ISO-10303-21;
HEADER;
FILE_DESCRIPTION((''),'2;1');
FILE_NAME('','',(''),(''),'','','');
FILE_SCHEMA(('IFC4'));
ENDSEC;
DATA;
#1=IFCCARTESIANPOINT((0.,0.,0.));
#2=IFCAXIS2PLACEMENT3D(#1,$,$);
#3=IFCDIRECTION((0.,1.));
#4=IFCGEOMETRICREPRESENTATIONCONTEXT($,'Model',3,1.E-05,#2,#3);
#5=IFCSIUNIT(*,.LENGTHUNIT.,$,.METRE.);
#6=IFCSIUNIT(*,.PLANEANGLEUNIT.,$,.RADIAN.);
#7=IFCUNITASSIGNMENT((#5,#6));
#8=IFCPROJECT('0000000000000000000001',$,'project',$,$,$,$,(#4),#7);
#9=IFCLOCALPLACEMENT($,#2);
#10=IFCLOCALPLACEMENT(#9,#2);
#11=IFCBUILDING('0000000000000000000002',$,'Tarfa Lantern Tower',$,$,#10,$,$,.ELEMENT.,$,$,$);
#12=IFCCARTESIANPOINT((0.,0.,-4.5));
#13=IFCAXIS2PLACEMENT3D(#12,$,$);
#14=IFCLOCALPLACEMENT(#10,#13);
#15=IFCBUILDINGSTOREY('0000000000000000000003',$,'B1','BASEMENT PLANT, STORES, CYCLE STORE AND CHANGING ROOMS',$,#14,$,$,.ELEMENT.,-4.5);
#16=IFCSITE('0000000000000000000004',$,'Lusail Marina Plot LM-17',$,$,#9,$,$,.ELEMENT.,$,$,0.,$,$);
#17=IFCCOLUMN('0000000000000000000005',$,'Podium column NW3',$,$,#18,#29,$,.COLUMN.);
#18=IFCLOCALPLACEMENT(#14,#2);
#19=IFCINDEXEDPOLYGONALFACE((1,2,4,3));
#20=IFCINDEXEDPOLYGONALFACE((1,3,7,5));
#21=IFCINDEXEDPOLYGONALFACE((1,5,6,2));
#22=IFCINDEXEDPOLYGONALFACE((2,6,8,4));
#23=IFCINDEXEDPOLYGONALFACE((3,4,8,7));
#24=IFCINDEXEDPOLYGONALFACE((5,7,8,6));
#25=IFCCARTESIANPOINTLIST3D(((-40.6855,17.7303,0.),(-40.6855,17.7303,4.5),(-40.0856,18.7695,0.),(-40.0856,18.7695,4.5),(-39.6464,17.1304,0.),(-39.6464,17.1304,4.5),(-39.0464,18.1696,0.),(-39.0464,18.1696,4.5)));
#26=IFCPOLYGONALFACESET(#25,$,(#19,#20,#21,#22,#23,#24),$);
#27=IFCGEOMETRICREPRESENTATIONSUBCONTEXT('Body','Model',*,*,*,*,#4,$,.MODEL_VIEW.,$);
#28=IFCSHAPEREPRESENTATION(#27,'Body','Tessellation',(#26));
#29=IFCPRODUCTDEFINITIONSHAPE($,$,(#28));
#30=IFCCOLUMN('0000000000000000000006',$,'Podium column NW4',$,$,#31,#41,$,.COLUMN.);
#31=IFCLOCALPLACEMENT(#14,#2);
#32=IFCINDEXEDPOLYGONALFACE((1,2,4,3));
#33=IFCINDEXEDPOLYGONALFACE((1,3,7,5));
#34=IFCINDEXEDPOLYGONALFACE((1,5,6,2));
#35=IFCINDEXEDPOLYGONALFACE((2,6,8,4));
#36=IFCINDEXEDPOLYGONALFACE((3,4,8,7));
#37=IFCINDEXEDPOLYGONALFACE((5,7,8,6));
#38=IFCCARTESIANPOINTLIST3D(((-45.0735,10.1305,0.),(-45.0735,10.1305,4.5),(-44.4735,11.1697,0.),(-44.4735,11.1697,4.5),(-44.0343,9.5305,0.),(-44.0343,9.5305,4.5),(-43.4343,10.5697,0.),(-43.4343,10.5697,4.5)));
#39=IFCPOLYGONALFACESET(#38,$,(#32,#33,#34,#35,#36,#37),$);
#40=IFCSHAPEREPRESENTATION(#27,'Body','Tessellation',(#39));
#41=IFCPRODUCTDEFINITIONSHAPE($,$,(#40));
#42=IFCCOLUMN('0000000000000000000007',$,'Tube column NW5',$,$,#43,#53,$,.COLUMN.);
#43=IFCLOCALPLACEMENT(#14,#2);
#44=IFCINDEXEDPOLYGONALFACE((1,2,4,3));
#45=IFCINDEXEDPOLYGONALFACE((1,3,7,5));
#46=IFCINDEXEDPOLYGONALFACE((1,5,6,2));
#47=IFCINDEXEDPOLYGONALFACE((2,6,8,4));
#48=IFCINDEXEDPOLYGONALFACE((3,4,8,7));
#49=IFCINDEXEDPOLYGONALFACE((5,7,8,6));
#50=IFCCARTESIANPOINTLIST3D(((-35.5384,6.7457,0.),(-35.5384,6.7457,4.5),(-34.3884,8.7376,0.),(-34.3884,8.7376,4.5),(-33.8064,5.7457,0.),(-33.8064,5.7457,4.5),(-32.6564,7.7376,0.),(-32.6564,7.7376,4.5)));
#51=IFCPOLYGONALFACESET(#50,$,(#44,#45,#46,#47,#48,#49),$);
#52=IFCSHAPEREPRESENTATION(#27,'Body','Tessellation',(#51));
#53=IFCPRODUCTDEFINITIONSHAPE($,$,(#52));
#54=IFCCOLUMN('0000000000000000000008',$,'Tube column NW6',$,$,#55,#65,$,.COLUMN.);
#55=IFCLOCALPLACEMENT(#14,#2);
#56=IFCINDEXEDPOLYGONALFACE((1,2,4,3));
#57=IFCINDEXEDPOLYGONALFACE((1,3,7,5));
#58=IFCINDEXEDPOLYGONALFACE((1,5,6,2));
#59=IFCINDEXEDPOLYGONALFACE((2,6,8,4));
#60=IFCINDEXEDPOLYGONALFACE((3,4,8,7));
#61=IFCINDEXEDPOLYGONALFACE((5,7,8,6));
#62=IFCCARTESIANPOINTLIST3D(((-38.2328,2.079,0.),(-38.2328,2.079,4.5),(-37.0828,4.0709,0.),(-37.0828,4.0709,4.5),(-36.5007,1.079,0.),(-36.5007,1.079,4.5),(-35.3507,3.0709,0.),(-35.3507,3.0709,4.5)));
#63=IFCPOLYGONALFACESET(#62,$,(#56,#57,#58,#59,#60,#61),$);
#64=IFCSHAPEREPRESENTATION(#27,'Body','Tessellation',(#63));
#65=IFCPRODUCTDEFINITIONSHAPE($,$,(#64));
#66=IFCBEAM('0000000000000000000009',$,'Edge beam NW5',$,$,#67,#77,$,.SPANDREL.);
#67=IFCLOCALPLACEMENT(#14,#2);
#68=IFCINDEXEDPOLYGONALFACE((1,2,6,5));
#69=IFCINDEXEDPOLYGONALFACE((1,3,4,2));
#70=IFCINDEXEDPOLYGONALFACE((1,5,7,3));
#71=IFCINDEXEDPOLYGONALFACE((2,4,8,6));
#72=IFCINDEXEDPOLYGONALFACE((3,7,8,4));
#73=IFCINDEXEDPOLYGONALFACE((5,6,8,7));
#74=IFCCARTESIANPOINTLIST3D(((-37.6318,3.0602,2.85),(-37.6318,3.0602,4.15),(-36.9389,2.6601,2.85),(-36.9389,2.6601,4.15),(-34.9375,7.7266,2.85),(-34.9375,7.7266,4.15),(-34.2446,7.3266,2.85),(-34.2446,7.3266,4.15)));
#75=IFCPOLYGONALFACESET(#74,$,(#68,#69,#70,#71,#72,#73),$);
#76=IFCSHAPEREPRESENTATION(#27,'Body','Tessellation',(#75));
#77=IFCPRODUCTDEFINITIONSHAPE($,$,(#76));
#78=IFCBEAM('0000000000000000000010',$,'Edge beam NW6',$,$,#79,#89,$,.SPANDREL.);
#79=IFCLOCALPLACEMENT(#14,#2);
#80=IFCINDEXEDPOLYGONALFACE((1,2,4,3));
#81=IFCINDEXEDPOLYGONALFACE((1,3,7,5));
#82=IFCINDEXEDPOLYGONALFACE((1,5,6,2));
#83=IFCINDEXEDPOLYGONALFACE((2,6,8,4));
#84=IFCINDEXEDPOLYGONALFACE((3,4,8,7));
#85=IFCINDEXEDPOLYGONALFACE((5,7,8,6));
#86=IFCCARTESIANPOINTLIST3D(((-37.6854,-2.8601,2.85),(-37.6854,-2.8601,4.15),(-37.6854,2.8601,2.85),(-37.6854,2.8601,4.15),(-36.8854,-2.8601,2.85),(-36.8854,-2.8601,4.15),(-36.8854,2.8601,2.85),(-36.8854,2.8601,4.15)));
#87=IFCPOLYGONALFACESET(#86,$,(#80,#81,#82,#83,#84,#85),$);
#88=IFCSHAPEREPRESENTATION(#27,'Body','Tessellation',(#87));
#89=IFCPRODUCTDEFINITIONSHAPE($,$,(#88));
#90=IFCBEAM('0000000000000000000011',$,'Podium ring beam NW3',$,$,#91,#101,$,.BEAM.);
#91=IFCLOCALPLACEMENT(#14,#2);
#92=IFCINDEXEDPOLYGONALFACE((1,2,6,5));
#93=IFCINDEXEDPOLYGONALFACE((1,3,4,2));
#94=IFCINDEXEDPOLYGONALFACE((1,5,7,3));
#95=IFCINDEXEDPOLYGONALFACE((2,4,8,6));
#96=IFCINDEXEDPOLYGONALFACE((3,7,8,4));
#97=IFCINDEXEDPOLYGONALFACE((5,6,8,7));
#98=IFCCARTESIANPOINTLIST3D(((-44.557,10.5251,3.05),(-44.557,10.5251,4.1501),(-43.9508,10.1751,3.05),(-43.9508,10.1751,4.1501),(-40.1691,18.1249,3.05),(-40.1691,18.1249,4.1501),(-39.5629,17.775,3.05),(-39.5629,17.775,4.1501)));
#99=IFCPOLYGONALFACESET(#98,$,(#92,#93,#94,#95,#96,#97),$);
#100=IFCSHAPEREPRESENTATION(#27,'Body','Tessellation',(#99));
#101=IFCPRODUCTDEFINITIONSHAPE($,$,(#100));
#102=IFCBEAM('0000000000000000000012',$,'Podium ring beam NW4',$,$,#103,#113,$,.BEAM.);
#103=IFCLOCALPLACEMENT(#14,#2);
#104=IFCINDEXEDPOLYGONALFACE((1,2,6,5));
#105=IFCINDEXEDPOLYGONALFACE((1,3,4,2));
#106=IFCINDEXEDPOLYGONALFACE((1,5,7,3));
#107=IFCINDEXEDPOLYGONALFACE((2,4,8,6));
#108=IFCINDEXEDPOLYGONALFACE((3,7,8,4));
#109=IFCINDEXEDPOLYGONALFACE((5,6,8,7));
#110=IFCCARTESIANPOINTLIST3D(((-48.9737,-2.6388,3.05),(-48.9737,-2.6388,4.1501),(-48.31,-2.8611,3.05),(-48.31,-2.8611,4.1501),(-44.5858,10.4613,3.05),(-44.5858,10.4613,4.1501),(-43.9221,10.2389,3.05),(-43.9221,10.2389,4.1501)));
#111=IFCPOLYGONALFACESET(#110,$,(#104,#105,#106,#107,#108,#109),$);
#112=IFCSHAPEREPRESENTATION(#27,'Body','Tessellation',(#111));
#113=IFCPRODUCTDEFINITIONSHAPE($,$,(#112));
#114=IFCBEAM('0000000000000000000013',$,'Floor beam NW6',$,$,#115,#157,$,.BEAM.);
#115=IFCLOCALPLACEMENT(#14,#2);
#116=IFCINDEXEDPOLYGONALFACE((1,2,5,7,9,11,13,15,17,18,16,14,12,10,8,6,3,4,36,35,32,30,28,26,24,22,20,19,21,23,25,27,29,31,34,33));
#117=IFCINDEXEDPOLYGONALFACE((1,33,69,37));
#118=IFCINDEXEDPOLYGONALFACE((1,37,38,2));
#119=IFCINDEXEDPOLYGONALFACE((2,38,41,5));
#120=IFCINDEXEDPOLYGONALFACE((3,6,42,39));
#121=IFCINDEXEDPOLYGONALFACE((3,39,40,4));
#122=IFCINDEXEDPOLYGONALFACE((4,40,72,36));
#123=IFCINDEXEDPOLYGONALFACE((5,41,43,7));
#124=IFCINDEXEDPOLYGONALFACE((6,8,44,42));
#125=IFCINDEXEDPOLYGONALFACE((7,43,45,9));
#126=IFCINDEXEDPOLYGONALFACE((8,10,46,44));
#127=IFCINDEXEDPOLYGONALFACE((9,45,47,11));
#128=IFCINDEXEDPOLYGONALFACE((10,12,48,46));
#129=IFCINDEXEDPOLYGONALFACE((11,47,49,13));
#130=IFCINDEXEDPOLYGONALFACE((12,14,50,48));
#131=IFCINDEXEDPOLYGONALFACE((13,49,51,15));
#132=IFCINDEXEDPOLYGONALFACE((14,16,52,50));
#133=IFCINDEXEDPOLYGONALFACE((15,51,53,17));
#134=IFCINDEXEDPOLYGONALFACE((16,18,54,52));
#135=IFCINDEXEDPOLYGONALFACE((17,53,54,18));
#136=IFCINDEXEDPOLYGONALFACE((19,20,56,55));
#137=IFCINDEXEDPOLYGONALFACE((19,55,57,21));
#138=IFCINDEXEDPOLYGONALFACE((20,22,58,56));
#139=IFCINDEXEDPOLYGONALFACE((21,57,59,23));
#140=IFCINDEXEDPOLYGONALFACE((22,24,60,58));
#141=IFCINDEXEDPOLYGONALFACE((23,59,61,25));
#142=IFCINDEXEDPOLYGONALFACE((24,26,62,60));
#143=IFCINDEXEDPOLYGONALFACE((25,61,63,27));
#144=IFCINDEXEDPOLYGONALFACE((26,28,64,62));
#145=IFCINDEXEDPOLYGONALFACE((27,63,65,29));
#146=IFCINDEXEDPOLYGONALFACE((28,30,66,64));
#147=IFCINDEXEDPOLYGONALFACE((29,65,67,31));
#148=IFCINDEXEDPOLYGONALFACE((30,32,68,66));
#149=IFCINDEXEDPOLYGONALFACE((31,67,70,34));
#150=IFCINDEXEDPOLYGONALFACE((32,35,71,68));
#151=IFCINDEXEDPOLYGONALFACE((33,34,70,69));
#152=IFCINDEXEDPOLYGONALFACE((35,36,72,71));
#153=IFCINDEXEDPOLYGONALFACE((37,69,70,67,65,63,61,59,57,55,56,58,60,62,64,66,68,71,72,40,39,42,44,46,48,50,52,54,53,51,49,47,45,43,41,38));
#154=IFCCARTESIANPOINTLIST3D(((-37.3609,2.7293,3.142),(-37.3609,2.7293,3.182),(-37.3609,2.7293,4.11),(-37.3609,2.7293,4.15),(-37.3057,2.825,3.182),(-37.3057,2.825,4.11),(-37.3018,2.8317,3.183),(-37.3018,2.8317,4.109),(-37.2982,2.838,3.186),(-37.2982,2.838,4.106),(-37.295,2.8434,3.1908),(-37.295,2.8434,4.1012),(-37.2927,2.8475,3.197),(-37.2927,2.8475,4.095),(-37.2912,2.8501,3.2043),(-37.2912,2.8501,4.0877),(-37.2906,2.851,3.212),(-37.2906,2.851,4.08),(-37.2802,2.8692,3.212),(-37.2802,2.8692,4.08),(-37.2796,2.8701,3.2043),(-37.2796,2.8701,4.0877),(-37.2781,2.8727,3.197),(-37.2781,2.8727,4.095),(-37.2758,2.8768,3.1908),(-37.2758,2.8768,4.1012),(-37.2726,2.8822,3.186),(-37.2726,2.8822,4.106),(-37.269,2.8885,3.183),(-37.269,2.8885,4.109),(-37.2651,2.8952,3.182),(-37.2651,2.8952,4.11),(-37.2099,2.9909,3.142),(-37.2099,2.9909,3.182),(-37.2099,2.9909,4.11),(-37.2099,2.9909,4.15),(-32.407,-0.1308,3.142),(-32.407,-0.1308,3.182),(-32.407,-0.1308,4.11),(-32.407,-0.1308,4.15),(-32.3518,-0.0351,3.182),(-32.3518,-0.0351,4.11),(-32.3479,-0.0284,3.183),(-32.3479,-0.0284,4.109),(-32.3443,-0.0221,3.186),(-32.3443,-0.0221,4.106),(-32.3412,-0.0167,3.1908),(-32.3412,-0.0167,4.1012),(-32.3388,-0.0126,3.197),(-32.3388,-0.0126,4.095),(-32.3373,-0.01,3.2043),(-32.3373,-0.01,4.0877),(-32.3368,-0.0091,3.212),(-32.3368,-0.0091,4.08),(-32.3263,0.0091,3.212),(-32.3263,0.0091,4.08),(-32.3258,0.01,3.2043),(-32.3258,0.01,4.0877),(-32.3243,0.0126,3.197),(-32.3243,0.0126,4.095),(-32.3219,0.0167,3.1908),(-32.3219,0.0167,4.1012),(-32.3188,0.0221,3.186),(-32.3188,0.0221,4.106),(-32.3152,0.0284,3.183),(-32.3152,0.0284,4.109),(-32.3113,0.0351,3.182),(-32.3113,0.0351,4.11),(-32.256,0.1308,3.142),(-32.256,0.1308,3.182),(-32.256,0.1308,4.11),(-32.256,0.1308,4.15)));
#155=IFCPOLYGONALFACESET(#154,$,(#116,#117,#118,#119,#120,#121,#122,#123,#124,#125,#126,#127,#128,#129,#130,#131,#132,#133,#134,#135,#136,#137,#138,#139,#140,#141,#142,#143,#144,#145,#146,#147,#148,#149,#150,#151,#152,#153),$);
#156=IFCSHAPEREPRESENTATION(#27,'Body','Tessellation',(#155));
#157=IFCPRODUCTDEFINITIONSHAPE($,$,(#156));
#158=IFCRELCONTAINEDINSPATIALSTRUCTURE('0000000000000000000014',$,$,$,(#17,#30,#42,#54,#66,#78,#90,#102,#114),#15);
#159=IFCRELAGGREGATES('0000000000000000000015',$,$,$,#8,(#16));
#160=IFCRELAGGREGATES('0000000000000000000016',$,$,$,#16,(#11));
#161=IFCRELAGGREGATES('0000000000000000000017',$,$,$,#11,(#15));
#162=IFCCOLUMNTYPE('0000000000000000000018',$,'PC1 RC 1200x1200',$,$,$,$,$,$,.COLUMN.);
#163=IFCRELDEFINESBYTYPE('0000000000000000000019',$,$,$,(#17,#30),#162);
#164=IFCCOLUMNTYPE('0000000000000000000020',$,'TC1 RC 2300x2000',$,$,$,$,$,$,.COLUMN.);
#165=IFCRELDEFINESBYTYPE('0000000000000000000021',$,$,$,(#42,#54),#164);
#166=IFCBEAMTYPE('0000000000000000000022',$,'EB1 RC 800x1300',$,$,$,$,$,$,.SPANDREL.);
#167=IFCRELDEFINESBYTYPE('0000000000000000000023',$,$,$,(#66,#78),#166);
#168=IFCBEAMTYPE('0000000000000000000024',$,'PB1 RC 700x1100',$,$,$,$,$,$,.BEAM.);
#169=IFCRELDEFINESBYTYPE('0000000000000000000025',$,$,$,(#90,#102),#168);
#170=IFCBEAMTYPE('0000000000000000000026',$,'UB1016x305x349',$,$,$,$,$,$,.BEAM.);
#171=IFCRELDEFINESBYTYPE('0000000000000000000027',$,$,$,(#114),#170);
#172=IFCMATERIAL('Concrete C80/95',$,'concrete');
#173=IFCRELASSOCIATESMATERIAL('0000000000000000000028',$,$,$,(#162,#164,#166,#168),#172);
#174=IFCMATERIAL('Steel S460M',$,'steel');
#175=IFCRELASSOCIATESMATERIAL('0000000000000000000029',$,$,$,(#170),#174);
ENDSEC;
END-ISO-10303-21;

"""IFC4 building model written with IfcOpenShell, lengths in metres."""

from ifc_helpers import new_model, si_unit, direction, frame, origin, origin_2d, place, context, subcontext, project, spatial, rectangle, i_section, extrude, material, material_profile, profile_set, type_object, element, save


model = new_model("IFC4")

# Units and contexts
model_context = context("Model", 3, precision=1e-05, world=origin(), true_north=direction((0.0, 1.0)))
body_context = subcontext(model_context, "Body", "Model", "MODEL_VIEW")
ifc_project = project(units=[si_unit("LENGTHUNIT", "METRE"), si_unit("PLANEANGLEUNIT", "RADIAN")], contexts=[model_context])

# Site, building, storey
site_placement = place(None, origin())
site = spatial("IfcSite", under=ifc_project, at=site_placement, Name="Lusail Marina Plot LM-17", CompositionType="ELEMENT", RefElevation=0.0)
building_placement = place(site_placement, origin())
building = spatial("IfcBuilding", under=site, at=building_placement, Name="Tarfa Lantern Tower", CompositionType="ELEMENT")
storey_placement = place(building_placement, frame((0.0, 0.0, -4.5)))
storey = spatial("IfcBuildingStorey", under=building, at=storey_placement, Name="B1", Description="BASEMENT PLANT, STORES, CYCLE STORE AND CHANGING ROOMS", CompositionType="ELEMENT", Elevation=-4.5)

# Columns
ifc_material_1 = material(Name="Concrete C80/95", Category="concrete")
ifc_material_profile_1 = material_profile(ifc_material_1, rectangle(XDim=1.2, YDim=1.2, at=origin_2d()), Name="RC 1200x1200")
ifc_profile_set_1 = profile_set([ifc_material_profile_1], Name="Concrete C80/95")
column_type_1 = type_object("IfcColumnType", Name="PC1 RC 1200x1200", PredefinedType="COLUMN", material=ifc_profile_set_1)
for number, where, z_axis, x_axis, name in (
    (1, (-39.866, 17.95, 0.0), (0.0, 0.0, 1.0), (-0.5, -0.866025, 0.0), "Podium column NW3"),
    (2, (-44.2539, 10.3501, 0.0), (0.0, 0.0, 1.0), (-0.5, -0.866025, 0.0), "Podium column NW4"),
):
    element("IfcColumn", number, at=place(storey_placement, frame(where, z_axis=z_axis, x_axis=x_axis)), inside=storey, type_object=column_type_1, Name=name, PredefinedType="COLUMN", context=body_context, shape_type="SweptSolid", body=[
        extrude(rectangle(XDim=1.2, YDim=1.2, at=origin_2d()), origin(), (0.0, 0.0, 1.0), 4.5),
    ])
ifc_material_profile_2 = material_profile(ifc_material_1, rectangle(XDim=2.3, YDim=2.0, at=origin_2d()), Name="RC 2300x2000")
ifc_profile_set_2 = profile_set([ifc_material_profile_2], Name="Concrete C80/95")
column_type_2 = type_object("IfcColumnType", Name="TC1 RC 2300x2000", PredefinedType="COLUMN", material=ifc_profile_set_2)
for number, where, z_axis, x_axis, name in (
    (3, (-34.0974, 7.2417, 0.0), (0.0, 0.0, 1.0), (-0.5, -0.866025, 0.0), "Tube column NW5"),
    (4, (-36.7917, 2.575, 0.0), (0.0, 0.0, 1.0), (-0.5, -0.866025, 0.0), "Tube column NW6"),
):
    element("IfcColumn", number, at=place(storey_placement, frame(where, z_axis=z_axis, x_axis=x_axis)), inside=storey, type_object=column_type_2, Name=name, PredefinedType="COLUMN", context=body_context, shape_type="SweptSolid", body=[
        extrude(rectangle(XDim=2.3, YDim=2.0, at=origin_2d()), origin(), (0.0, 0.0, 1.0), 4.5),
    ])

# Beams
ifc_material_profile_3 = material_profile(ifc_material_1, rectangle(XDim=0.8, YDim=1.3, at=origin_2d()), Name="RC 800x1300")
ifc_profile_set_3 = profile_set([ifc_material_profile_3], Name="Concrete C80/95")
beam_type_1 = type_object("IfcBeamType", Name="EB1 RC 800x1300", PredefinedType="SPANDREL", material=ifc_profile_set_3)
beam_1_placement = place(storey_placement, frame((-34.5911, 7.5266, 3.5), z_axis=(-0.500018, -0.866015, 0.0), x_axis=(0.866015, -0.500018, 0.0)))
element("IfcBeam", 5, at=beam_1_placement, inside=storey, type_object=beam_type_1, Name="Edge beam NW5", PredefinedType="SPANDREL", context=body_context, shape_type="SweptSolid", body=[
    extrude(rectangle(XDim=0.8, YDim=1.3, at=origin_2d()), origin(), (0.0, 0.0, 1.0), 5.3884),
])
beam_2_placement = place(storey_placement, frame((-37.2854, 2.8601, 3.5), z_axis=(0.0, -1.0, 0.0), x_axis=(1.0, 0.0, 0.0)))
element("IfcBeam", 6, at=beam_2_placement, inside=storey, type_object=beam_type_1, Name="Edge beam NW6", PredefinedType="SPANDREL", context=body_context, shape_type="SweptSolid", body=[
    extrude(rectangle(XDim=0.8, YDim=1.3, at=origin_2d()), origin(), (0.0, 0.0, 1.0), 5.7202),
])
ifc_material_profile_4 = material_profile(ifc_material_1, rectangle(XDim=0.7, YDim=1.1001, at=origin_2d()), Name="RC 700x1100")
ifc_profile_set_4 = profile_set([ifc_material_profile_4], Name="Concrete C80/95")
beam_type_2 = type_object("IfcBeamType", Name="PB1 RC 700x1100", PredefinedType="BEAM", material=ifc_profile_set_4)
beam_3_placement = place(storey_placement, frame((-39.866, 17.95, 3.6001), z_axis=(-0.500014, -0.866017, 0.0), x_axis=(0.866017, -0.500014, 0.0)))
element("IfcBeam", 7, at=beam_3_placement, inside=storey, type_object=beam_type_2, Name="Podium ring beam NW3", PredefinedType="BEAM", context=body_context, shape_type="SweptSolid", body=[
    extrude(rectangle(XDim=0.7, YDim=1.1001, at=origin_2d()), origin(), (0.0, 0.0, 1.0), 8.7756),
])
beam_4_placement = place(storey_placement, frame((-44.2539, 10.3501, 3.6001), z_axis=(-0.317611, -0.948221, 0.0), x_axis=(0.948221, -0.317611, 0.0)))
element("IfcBeam", 8, at=beam_4_placement, inside=storey, type_object=beam_type_2, Name="Podium ring beam NW4", PredefinedType="BEAM", context=body_context, shape_type="SweptSolid", body=[
    extrude(rectangle(XDim=0.7, YDim=1.1001, at=origin_2d()), origin(), (0.0, 0.0, 1.0), 13.8154),
])
ifc_material_2 = material(Name="Steel S460M", Category="steel")
ifc_material_profile_5 = material_profile(ifc_material_2, i_section(OverallWidth=0.302, OverallDepth=1.0081, WebThickness=0.021, FlangeThickness=0.04, FilletRadius=0.03, at=origin_2d()), Name="UB1016x305x349")
ifc_profile_set_5 = profile_set([ifc_material_profile_5], Name="Steel S460M")
beam_type_3 = type_object("IfcBeamType", Name="UB1016x305x349", PredefinedType="BEAM", material=ifc_profile_set_5)
beam_5_placement = place(storey_placement, frame((-37.2854, 2.8601, 3.646), z_axis=(0.866026, -0.5, 0.0), x_axis=(0.5, 0.866026, 0.0)))
element("IfcBeam", 9, at=beam_5_placement, inside=storey, type_object=beam_type_3, Name="Floor beam NW6", PredefinedType="BEAM", context=body_context, shape_type="SweptSolid", body=[
    extrude(i_section(OverallWidth=0.302, OverallDepth=1.0081, WebThickness=0.021, FlangeThickness=0.04, FilletRadius=0.03, at=origin_2d()), origin(), (0.0, 0.0, 1.0), 5.7202),
])

save(model, "model.ifc")
